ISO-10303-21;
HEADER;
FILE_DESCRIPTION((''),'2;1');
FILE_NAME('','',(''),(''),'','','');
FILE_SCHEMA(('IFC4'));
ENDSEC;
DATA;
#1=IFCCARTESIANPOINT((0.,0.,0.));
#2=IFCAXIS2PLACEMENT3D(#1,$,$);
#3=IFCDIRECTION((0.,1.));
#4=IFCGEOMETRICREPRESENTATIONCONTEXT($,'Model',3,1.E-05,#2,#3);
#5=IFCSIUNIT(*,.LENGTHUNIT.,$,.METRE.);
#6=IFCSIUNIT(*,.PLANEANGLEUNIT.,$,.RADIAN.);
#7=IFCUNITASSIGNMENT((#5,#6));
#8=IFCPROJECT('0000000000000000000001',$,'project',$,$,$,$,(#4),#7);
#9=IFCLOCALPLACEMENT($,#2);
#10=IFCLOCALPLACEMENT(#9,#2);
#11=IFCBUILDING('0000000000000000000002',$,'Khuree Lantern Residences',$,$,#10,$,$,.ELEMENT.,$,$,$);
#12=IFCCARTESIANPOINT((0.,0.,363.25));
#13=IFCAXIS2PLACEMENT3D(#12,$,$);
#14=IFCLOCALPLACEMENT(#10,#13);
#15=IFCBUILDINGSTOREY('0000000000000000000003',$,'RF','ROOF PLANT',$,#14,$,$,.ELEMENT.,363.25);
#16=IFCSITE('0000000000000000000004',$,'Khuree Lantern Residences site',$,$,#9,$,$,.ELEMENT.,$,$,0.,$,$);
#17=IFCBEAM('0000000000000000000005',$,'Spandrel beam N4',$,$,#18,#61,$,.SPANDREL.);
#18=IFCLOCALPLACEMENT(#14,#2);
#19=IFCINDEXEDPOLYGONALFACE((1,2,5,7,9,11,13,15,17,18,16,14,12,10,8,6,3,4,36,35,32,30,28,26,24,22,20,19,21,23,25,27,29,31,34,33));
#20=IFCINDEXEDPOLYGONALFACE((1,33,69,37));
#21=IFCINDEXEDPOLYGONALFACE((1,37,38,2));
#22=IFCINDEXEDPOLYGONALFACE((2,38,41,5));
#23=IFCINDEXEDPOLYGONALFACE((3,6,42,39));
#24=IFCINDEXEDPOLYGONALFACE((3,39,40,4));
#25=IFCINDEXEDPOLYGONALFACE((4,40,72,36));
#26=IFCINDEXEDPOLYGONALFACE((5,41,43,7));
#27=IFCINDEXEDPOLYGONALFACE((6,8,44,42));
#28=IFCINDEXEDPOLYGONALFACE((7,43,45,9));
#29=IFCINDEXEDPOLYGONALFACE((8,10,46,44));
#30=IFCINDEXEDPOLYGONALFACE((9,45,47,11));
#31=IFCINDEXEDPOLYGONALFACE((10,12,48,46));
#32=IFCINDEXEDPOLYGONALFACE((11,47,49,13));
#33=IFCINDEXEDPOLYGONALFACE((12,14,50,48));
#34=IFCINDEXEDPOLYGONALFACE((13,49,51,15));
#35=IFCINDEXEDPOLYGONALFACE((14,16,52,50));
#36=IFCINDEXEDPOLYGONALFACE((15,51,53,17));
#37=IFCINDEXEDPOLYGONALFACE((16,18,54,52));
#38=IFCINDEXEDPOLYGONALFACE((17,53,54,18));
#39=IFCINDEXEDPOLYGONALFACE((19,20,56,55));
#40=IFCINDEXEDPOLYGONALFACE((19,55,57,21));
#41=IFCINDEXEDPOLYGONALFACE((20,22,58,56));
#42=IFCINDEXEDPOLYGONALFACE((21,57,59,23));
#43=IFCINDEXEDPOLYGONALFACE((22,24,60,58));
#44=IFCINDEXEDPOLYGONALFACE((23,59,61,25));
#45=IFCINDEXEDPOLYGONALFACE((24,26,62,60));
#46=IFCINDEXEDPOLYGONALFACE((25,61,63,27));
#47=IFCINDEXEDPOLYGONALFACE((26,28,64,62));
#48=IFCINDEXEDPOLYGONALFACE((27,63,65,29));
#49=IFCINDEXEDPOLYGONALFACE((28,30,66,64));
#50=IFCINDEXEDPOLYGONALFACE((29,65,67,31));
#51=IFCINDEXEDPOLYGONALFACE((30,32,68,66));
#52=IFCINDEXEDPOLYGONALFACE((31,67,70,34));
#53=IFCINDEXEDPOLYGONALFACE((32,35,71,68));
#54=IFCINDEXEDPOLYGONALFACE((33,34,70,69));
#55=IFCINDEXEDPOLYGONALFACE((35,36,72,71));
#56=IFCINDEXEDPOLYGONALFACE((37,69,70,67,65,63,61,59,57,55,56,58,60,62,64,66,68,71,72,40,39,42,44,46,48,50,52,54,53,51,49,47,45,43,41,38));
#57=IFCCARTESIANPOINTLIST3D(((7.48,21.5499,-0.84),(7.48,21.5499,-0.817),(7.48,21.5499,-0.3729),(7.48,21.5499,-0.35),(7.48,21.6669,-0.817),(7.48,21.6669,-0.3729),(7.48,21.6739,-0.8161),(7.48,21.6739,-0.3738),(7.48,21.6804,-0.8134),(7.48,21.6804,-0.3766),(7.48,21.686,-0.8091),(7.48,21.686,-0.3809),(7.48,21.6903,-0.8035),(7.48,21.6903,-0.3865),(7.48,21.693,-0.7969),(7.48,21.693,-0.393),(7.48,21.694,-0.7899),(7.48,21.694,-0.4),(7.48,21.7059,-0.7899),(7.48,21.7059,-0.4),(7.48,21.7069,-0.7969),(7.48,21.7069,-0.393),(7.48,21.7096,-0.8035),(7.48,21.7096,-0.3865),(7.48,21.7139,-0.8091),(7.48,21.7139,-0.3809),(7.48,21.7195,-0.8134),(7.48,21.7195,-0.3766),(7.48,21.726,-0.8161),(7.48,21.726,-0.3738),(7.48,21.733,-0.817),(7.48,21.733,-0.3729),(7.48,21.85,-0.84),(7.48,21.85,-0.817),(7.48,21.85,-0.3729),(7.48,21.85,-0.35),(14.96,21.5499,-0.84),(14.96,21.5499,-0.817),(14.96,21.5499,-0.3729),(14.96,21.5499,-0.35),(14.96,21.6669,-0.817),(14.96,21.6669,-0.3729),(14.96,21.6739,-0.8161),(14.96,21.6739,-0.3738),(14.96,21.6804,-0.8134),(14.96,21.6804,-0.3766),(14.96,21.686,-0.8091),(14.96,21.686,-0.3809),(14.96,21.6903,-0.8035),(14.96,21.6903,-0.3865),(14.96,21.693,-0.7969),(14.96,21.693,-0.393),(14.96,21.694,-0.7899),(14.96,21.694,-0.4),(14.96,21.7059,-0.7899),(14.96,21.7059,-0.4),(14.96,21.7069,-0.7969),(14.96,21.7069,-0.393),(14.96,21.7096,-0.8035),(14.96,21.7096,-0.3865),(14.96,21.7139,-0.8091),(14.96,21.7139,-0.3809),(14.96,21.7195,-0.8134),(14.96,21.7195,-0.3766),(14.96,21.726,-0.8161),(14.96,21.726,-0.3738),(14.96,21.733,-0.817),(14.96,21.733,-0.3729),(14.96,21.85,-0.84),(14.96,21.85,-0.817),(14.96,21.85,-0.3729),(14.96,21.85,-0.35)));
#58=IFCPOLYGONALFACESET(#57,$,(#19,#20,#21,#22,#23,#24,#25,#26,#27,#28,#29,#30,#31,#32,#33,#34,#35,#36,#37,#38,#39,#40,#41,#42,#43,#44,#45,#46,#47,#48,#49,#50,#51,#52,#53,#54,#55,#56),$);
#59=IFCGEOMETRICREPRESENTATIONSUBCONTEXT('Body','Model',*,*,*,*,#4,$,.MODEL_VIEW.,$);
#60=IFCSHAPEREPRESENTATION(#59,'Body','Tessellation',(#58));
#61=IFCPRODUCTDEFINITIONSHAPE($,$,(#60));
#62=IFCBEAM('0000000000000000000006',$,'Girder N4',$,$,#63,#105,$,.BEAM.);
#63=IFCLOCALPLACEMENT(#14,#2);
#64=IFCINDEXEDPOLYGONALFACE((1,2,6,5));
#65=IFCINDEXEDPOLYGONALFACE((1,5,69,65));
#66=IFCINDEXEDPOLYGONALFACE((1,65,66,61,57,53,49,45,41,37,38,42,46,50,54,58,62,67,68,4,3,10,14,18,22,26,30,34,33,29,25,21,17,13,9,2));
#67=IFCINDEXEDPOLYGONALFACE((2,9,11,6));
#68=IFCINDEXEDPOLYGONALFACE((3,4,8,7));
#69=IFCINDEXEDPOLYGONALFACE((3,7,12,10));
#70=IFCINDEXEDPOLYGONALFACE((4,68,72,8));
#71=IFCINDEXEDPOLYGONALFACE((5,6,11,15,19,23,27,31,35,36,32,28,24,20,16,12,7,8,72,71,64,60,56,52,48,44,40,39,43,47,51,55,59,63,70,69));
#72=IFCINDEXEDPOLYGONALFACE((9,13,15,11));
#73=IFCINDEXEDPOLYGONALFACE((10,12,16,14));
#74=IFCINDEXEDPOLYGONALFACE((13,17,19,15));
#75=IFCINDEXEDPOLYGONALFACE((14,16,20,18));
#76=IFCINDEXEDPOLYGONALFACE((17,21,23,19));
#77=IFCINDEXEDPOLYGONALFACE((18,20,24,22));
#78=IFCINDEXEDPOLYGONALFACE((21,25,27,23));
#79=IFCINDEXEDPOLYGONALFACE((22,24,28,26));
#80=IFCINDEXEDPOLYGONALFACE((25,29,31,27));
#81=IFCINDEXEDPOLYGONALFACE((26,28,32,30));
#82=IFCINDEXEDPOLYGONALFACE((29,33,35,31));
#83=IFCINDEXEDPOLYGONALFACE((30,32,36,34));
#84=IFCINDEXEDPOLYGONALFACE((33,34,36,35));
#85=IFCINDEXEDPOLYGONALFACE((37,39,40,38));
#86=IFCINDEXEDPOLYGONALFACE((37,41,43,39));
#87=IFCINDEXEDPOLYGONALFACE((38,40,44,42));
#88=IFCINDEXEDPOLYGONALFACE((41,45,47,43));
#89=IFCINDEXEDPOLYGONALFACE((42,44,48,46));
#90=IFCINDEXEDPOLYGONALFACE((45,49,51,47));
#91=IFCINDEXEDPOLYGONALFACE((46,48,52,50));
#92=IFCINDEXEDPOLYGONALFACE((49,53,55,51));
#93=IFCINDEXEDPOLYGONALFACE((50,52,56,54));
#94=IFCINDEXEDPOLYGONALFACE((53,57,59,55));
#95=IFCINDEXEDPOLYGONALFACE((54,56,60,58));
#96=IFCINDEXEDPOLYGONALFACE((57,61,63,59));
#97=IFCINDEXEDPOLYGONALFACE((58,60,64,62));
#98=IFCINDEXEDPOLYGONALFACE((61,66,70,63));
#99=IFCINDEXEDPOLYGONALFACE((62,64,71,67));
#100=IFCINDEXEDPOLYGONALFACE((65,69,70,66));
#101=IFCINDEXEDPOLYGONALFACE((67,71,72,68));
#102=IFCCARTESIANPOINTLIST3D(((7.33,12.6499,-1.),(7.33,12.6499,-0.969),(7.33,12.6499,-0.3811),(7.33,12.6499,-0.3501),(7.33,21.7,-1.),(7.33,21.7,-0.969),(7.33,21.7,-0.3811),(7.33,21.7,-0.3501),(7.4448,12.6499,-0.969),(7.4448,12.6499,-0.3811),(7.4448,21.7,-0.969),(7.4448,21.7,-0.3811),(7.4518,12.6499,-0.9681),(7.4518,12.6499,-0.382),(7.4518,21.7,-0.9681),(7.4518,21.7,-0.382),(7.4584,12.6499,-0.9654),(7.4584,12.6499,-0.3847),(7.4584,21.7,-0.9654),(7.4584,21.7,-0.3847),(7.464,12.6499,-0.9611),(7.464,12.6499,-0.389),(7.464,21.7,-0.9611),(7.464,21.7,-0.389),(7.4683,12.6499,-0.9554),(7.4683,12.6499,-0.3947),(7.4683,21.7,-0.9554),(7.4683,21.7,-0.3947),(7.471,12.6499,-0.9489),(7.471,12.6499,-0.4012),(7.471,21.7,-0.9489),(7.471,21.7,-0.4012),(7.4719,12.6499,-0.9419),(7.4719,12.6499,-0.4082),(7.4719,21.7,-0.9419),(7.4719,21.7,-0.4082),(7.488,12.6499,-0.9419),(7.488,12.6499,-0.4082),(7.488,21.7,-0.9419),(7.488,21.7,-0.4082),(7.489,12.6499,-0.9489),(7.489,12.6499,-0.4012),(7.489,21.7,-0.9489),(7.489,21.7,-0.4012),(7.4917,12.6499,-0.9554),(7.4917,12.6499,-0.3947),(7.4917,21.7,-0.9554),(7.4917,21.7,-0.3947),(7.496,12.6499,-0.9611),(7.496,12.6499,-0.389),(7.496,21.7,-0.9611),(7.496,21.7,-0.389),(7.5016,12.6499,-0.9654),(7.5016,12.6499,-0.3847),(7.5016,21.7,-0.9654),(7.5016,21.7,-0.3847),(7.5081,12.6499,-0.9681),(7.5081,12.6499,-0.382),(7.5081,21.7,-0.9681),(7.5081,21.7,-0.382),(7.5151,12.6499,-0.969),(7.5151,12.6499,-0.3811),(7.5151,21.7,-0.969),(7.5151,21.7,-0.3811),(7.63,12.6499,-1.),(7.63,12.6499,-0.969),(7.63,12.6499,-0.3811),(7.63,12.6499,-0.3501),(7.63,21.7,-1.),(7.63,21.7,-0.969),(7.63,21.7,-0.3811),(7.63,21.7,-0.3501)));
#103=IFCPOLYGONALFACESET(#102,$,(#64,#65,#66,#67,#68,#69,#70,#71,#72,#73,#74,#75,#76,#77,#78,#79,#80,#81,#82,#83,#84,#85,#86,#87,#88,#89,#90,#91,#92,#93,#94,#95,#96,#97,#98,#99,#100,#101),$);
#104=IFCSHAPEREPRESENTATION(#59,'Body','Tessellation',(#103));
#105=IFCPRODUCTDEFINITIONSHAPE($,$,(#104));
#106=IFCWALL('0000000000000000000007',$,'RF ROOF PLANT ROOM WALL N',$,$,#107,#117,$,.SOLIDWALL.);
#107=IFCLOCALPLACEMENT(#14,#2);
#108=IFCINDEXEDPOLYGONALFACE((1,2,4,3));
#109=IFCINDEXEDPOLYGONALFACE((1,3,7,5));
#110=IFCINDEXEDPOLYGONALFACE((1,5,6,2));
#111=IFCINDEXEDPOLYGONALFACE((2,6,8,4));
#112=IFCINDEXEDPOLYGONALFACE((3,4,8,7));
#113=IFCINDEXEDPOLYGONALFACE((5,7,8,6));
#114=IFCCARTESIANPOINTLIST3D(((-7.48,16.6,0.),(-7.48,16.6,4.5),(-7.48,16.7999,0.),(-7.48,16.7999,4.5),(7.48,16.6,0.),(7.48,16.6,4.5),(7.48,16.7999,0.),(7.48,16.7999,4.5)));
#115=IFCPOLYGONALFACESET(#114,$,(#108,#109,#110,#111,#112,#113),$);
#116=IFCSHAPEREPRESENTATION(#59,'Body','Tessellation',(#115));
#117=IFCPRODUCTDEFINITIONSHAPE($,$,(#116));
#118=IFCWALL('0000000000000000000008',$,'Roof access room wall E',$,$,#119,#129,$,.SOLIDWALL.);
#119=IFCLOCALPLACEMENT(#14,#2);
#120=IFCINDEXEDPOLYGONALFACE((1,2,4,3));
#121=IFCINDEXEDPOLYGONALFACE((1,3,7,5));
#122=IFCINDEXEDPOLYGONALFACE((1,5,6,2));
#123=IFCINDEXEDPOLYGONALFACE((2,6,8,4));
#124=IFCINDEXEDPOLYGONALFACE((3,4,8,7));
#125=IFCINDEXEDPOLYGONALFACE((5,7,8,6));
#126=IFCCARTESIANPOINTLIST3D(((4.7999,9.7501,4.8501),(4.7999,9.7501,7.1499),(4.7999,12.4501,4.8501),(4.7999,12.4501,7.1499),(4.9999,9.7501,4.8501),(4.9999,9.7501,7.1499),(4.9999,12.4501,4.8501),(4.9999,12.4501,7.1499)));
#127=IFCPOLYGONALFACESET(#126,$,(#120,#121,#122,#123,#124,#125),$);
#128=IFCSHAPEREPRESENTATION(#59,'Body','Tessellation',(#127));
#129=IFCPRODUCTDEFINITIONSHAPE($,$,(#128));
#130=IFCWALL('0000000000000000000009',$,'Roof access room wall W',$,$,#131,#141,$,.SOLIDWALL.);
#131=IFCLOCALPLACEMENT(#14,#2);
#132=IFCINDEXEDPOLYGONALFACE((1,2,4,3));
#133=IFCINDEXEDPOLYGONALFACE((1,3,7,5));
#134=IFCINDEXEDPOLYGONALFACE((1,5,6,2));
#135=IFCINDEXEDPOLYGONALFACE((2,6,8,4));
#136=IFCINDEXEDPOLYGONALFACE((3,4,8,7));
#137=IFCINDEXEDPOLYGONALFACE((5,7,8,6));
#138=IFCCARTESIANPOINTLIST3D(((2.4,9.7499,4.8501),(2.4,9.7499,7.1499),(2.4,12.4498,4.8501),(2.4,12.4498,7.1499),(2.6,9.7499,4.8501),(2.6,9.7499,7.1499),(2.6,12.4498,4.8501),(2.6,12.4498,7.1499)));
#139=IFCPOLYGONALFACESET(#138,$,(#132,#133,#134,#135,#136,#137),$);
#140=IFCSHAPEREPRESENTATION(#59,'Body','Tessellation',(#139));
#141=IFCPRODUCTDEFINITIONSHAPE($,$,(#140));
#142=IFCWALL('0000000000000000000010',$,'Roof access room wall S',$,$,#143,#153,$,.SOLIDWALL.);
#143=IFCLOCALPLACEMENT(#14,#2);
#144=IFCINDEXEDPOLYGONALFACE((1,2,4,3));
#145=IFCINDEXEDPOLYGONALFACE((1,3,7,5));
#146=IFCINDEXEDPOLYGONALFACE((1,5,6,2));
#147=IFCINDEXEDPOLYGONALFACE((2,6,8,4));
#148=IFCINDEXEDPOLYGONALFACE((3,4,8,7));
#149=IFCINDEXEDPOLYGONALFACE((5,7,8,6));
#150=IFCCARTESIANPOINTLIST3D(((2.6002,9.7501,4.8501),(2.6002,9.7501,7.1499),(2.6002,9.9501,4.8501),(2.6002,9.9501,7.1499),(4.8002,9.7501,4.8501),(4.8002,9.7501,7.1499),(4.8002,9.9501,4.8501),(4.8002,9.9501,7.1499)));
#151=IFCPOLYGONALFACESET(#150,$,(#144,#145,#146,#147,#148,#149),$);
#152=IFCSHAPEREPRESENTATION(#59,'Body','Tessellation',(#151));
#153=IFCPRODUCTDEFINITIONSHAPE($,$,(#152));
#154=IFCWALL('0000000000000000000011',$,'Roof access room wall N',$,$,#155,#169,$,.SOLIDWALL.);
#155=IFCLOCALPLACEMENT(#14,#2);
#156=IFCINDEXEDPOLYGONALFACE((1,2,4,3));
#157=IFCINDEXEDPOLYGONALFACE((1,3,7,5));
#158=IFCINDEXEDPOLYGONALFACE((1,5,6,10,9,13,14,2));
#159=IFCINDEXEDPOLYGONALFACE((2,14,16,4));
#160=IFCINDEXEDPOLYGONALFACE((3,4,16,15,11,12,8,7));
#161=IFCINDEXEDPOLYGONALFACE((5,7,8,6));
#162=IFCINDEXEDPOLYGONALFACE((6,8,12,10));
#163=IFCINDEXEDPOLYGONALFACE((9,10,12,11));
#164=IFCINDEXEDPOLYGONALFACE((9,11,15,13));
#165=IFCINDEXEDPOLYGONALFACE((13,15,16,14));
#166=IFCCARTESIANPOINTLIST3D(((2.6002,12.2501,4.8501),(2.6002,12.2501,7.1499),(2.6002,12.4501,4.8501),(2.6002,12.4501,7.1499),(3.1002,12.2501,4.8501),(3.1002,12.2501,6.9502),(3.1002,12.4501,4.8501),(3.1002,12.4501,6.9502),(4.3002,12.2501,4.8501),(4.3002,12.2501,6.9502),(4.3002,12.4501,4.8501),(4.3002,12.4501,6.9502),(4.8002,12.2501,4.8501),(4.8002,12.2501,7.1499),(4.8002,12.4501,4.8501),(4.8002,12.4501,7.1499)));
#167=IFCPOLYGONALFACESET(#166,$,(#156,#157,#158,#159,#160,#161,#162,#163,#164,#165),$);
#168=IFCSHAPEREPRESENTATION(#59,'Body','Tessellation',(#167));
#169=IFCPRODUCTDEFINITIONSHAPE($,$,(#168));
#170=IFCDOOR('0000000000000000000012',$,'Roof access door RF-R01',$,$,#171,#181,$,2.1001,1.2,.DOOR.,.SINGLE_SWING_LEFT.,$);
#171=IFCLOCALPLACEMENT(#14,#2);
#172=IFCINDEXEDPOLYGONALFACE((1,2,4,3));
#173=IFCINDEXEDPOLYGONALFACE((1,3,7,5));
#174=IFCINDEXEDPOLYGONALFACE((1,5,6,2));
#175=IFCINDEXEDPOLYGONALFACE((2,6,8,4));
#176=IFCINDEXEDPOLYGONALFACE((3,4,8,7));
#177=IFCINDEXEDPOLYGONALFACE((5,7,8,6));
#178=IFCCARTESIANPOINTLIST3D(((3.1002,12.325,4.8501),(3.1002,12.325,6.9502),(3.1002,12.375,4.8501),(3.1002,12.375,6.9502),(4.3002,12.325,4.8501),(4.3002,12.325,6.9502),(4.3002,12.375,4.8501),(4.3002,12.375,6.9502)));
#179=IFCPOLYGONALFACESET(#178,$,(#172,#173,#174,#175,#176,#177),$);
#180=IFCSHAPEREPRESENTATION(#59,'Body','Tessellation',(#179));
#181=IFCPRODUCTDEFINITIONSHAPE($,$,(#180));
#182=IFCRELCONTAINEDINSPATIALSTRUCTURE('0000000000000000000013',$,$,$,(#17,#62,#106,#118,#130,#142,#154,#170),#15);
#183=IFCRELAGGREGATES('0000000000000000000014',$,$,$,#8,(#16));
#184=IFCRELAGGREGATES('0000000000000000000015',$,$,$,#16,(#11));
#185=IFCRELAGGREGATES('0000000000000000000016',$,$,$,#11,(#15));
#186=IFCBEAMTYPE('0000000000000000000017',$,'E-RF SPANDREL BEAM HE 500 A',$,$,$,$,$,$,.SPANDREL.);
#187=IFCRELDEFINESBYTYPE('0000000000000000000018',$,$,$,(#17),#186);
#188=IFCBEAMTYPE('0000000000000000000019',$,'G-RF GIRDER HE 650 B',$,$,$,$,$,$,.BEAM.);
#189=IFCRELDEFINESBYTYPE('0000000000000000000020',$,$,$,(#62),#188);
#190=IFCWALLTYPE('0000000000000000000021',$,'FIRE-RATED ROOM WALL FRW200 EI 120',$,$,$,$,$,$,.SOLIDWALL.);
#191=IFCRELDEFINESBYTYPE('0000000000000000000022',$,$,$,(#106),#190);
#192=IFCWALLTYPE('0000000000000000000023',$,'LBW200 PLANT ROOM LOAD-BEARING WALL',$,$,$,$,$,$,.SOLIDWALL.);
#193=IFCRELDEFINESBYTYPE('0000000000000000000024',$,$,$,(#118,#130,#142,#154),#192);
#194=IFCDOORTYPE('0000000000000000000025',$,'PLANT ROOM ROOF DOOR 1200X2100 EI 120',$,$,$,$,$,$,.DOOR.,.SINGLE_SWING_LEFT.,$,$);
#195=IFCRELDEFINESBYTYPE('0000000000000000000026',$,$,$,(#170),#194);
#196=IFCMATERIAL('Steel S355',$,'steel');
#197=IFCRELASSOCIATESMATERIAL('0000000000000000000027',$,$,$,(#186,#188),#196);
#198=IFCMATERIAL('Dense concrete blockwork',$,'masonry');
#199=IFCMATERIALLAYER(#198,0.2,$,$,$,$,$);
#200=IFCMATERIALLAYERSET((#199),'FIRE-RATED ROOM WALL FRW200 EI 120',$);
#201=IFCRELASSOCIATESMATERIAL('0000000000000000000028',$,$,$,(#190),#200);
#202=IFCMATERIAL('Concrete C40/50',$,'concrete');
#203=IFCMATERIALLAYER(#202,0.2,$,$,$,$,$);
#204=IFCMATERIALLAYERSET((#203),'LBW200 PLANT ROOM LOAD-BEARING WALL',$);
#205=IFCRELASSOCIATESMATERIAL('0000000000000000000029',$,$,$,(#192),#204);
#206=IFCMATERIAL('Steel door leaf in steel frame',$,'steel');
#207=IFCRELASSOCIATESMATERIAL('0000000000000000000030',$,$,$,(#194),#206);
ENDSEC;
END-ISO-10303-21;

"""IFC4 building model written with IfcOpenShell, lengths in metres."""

from ifc_helpers import new_model, si_unit, direction, frame, frame_2d, origin, origin_2d, place, context, subcontext, project, spatial, rectangle, i_section, extrude, material, layer, layer_set, material_profile, profile_set, type_object, element, fill, save


model = new_model("IFC4")

# Units and contexts
model_context = context("Model", 3, precision=1e-05, world=origin(), true_north=direction((0.0, 1.0)))
body_context = subcontext(model_context, "Body", "Model", "MODEL_VIEW")
ifc_project = project(units=[si_unit("LENGTHUNIT", "METRE"), si_unit("PLANEANGLEUNIT", "RADIAN")], contexts=[model_context])

# Site, building, storey
site_placement = place(None, origin())
site = spatial("IfcSite", under=ifc_project, at=site_placement, Name="Khuree Lantern Residences site", CompositionType="ELEMENT", RefElevation=0.0)
building_placement = place(site_placement, origin())
building = spatial("IfcBuilding", under=site, at=building_placement, Name="Khuree Lantern Residences", CompositionType="ELEMENT")
storey_placement = place(building_placement, frame((0.0, 0.0, 363.25)))
storey = spatial("IfcBuildingStorey", under=building, at=storey_placement, Name="RF", Description="ROOF PLANT", CompositionType="ELEMENT", Elevation=363.25)

# Shared definitions
ifc_material_1 = material(Name="Steel S355", Category="steel")

# Beams
ifc_material_profile_1 = material_profile(ifc_material_1, i_section(OverallWidth=0.3, OverallDepth=0.49, WebThickness=0.012, FlangeThickness=0.0229, FilletRadius=0.0271, at=origin_2d()), Name="HE 500 A")
ifc_profile_set_1 = profile_set([ifc_material_profile_1], Name="Steel S355")
beam_type_1 = type_object("IfcBeamType", Name="E-RF SPANDREL BEAM HE 500 A", PredefinedType="SPANDREL", material=ifc_profile_set_1)
beam_1_placement = place(storey_placement, frame((7.48, 21.7, -0.595), z_axis=(1.0, 0.0, 0.0), x_axis=(0.0, 1.0, 0.0)))
element("IfcBeam", 1, at=beam_1_placement, inside=storey, type_object=beam_type_1, Name="Spandrel beam N4", PredefinedType="SPANDREL", context=body_context, shape_type="SweptSolid", body=[
    extrude(i_section(OverallWidth=0.3, OverallDepth=0.49, WebThickness=0.012, FlangeThickness=0.0229, FilletRadius=0.0271, at=origin_2d()), origin(), (0.0, 0.0, 1.0), 7.48),
])
ifc_material_profile_2 = material_profile(ifc_material_1, i_section(OverallWidth=0.3, OverallDepth=0.6499, WebThickness=0.0161, FlangeThickness=0.031, FilletRadius=0.0271, at=origin_2d()), Name="HE 650 B")
ifc_profile_set_2 = profile_set([ifc_material_profile_2], Name="Steel S355")
beam_type_2 = type_object("IfcBeamType", Name="G-RF GIRDER HE 650 B", PredefinedType="BEAM", material=ifc_profile_set_2)
beam_2_placement = place(storey_placement, frame((7.48, 21.7, -0.675), z_axis=(0.0, -1.0, 0.0), x_axis=(1.0, 0.0, 0.0)))
element("IfcBeam", 2, at=beam_2_placement, inside=storey, type_object=beam_type_2, Name="Girder N4", PredefinedType="BEAM", context=body_context, shape_type="SweptSolid", body=[
    extrude(i_section(OverallWidth=0.3, OverallDepth=0.6499, WebThickness=0.0161, FlangeThickness=0.031, FilletRadius=0.0271, at=origin_2d()), origin(), (0.0, 0.0, 1.0), 9.05),
])

# Walls
ifc_material_2 = material(Name="Dense concrete blockwork", Category="masonry")
ifc_layer_1 = layer(ifc_material_2, 0.2)
ifc_layer_set_1 = layer_set([ifc_layer_1], Name="FIRE-RATED ROOM WALL FRW200 EI 120")
wall_type_1 = type_object("IfcWallType", Name="FIRE-RATED ROOM WALL FRW200 EI 120", PredefinedType="SOLIDWALL", material=ifc_layer_set_1)
wall_1_placement = place(storey_placement, frame((7.48, 16.7, 0.0), z_axis=(0.0, 0.0, 1.0), x_axis=(-1.0, 0.0, 0.0)))
element("IfcWall", 3, at=wall_1_placement, inside=storey, type_object=wall_type_1, Name="RF ROOF PLANT ROOM WALL N", PredefinedType="SOLIDWALL", context=body_context, shape_type="SweptSolid", body=[
    extrude(rectangle(XDim=14.96, YDim=0.2, at=frame_2d((7.48, 0.0))), origin(), (0.0, 0.0, 1.0), 4.5),
])
ifc_material_3 = material(Name="Concrete C40/50", Category="concrete")
ifc_layer_2 = layer(ifc_material_3, 0.2)
ifc_layer_set_2 = layer_set([ifc_layer_2], Name="LBW200 PLANT ROOM LOAD-BEARING WALL")
wall_type_2 = type_object("IfcWallType", Name="LBW200 PLANT ROOM LOAD-BEARING WALL", PredefinedType="SOLIDWALL", material=ifc_layer_set_2)
for number, where, z_axis, x_axis, name in (
    (4, (4.8999, 9.75, 4.8501), (0.0, 0.0, 1.0), (0.0, 1.0, 0.0), "Roof access room wall E"),
    (5, (2.5, 12.45, 4.8501), (0.0, 0.0, 1.0), (0.0, -1.0, 0.0), "Roof access room wall W"),
):
    element("IfcWall", number, at=place(storey_placement, frame(where, z_axis=z_axis, x_axis=x_axis)), inside=storey, type_object=wall_type_2, Name=name, PredefinedType="SOLIDWALL", context=body_context, shape_type="SweptSolid", body=[
        extrude(rectangle(XDim=2.7, YDim=0.2, at=frame_2d((1.3501, 0.0))), origin(), (0.0, 0.0, 1.0), 2.2998),
    ])
wall_2_placement = place(storey_placement, frame((2.6001, 9.8501, 4.8501), z_axis=(0.0, 0.0, 1.0), x_axis=(1.0, 0.0, 0.0)))
element("IfcWall", 6, at=wall_2_placement, inside=storey, type_object=wall_type_2, Name="Roof access room wall S", PredefinedType="SOLIDWALL", context=body_context, shape_type="SweptSolid", body=[
    extrude(rectangle(XDim=2.2, YDim=0.2, at=frame_2d((1.1001, 0.0))), origin(), (0.0, 0.0, 1.0), 2.2998),
])

# Wall, opening, door
wall_3_placement = place(storey_placement, frame((2.6001, 12.3501, 4.8501), z_axis=(0.0, 0.0, 1.0), x_axis=(1.0, 0.0, 0.0)))
wall_3 = element("IfcWall", 7, at=wall_3_placement, inside=storey, type_object=wall_type_2, Name="Roof access room wall N", PredefinedType="SOLIDWALL", context=body_context, shape_type="SweptSolid", body=[
    extrude(rectangle(XDim=2.2, YDim=0.2, at=frame_2d((1.1001, 0.0))), origin(), (0.0, 0.0, 1.0), 2.2998),
])
opening_placement = place(wall_3_placement, frame((0.5, 0.0, 0.0)))
opening = element("IfcOpeningElement", 8, at=opening_placement, cuts=wall_3, PredefinedType="OPENING", context=body_context, shape_type="SweptSolid", body=[
    extrude(rectangle(XDim=1.2, YDim=2.1001, at=frame_2d((0.6001, 1.05))), frame((0.0, 0.1099, 0.0), z_axis=(0.0, -1.0, 0.0), x_axis=(1.0, 0.0, 0.0)), (0.0, 0.0, 1.0), 0.22),
])
ifc_material_4 = material(Name="Steel door leaf in steel frame", Category="steel")
door_type = type_object("IfcDoorType", Name="PLANT ROOM ROOF DOOR 1200X2100 EI 120", OperationType="SINGLE_SWING_LEFT", PredefinedType="DOOR", material=ifc_material_4)
door_placement = place(opening_placement, origin())
door = element("IfcDoor", 9, at=door_placement, inside=storey, type_object=door_type, Name="Roof access door RF-R01", OperationType="SINGLE_SWING_LEFT", OverallHeight=2.1001, OverallWidth=1.2, PredefinedType="DOOR", context=body_context, shape_type="SweptSolid", body=[
    extrude(rectangle(XDim=1.2, YDim=2.1001, at=frame_2d((0.6001, 1.05))), frame((0.0, 0.0249, 0.0), z_axis=(0.0, -1.0, 0.0), x_axis=(1.0, 0.0, 0.0)), (0.0, 0.0, 1.0), 0.05),
])
fill(opening, door)

save(model, "model.ifc")
